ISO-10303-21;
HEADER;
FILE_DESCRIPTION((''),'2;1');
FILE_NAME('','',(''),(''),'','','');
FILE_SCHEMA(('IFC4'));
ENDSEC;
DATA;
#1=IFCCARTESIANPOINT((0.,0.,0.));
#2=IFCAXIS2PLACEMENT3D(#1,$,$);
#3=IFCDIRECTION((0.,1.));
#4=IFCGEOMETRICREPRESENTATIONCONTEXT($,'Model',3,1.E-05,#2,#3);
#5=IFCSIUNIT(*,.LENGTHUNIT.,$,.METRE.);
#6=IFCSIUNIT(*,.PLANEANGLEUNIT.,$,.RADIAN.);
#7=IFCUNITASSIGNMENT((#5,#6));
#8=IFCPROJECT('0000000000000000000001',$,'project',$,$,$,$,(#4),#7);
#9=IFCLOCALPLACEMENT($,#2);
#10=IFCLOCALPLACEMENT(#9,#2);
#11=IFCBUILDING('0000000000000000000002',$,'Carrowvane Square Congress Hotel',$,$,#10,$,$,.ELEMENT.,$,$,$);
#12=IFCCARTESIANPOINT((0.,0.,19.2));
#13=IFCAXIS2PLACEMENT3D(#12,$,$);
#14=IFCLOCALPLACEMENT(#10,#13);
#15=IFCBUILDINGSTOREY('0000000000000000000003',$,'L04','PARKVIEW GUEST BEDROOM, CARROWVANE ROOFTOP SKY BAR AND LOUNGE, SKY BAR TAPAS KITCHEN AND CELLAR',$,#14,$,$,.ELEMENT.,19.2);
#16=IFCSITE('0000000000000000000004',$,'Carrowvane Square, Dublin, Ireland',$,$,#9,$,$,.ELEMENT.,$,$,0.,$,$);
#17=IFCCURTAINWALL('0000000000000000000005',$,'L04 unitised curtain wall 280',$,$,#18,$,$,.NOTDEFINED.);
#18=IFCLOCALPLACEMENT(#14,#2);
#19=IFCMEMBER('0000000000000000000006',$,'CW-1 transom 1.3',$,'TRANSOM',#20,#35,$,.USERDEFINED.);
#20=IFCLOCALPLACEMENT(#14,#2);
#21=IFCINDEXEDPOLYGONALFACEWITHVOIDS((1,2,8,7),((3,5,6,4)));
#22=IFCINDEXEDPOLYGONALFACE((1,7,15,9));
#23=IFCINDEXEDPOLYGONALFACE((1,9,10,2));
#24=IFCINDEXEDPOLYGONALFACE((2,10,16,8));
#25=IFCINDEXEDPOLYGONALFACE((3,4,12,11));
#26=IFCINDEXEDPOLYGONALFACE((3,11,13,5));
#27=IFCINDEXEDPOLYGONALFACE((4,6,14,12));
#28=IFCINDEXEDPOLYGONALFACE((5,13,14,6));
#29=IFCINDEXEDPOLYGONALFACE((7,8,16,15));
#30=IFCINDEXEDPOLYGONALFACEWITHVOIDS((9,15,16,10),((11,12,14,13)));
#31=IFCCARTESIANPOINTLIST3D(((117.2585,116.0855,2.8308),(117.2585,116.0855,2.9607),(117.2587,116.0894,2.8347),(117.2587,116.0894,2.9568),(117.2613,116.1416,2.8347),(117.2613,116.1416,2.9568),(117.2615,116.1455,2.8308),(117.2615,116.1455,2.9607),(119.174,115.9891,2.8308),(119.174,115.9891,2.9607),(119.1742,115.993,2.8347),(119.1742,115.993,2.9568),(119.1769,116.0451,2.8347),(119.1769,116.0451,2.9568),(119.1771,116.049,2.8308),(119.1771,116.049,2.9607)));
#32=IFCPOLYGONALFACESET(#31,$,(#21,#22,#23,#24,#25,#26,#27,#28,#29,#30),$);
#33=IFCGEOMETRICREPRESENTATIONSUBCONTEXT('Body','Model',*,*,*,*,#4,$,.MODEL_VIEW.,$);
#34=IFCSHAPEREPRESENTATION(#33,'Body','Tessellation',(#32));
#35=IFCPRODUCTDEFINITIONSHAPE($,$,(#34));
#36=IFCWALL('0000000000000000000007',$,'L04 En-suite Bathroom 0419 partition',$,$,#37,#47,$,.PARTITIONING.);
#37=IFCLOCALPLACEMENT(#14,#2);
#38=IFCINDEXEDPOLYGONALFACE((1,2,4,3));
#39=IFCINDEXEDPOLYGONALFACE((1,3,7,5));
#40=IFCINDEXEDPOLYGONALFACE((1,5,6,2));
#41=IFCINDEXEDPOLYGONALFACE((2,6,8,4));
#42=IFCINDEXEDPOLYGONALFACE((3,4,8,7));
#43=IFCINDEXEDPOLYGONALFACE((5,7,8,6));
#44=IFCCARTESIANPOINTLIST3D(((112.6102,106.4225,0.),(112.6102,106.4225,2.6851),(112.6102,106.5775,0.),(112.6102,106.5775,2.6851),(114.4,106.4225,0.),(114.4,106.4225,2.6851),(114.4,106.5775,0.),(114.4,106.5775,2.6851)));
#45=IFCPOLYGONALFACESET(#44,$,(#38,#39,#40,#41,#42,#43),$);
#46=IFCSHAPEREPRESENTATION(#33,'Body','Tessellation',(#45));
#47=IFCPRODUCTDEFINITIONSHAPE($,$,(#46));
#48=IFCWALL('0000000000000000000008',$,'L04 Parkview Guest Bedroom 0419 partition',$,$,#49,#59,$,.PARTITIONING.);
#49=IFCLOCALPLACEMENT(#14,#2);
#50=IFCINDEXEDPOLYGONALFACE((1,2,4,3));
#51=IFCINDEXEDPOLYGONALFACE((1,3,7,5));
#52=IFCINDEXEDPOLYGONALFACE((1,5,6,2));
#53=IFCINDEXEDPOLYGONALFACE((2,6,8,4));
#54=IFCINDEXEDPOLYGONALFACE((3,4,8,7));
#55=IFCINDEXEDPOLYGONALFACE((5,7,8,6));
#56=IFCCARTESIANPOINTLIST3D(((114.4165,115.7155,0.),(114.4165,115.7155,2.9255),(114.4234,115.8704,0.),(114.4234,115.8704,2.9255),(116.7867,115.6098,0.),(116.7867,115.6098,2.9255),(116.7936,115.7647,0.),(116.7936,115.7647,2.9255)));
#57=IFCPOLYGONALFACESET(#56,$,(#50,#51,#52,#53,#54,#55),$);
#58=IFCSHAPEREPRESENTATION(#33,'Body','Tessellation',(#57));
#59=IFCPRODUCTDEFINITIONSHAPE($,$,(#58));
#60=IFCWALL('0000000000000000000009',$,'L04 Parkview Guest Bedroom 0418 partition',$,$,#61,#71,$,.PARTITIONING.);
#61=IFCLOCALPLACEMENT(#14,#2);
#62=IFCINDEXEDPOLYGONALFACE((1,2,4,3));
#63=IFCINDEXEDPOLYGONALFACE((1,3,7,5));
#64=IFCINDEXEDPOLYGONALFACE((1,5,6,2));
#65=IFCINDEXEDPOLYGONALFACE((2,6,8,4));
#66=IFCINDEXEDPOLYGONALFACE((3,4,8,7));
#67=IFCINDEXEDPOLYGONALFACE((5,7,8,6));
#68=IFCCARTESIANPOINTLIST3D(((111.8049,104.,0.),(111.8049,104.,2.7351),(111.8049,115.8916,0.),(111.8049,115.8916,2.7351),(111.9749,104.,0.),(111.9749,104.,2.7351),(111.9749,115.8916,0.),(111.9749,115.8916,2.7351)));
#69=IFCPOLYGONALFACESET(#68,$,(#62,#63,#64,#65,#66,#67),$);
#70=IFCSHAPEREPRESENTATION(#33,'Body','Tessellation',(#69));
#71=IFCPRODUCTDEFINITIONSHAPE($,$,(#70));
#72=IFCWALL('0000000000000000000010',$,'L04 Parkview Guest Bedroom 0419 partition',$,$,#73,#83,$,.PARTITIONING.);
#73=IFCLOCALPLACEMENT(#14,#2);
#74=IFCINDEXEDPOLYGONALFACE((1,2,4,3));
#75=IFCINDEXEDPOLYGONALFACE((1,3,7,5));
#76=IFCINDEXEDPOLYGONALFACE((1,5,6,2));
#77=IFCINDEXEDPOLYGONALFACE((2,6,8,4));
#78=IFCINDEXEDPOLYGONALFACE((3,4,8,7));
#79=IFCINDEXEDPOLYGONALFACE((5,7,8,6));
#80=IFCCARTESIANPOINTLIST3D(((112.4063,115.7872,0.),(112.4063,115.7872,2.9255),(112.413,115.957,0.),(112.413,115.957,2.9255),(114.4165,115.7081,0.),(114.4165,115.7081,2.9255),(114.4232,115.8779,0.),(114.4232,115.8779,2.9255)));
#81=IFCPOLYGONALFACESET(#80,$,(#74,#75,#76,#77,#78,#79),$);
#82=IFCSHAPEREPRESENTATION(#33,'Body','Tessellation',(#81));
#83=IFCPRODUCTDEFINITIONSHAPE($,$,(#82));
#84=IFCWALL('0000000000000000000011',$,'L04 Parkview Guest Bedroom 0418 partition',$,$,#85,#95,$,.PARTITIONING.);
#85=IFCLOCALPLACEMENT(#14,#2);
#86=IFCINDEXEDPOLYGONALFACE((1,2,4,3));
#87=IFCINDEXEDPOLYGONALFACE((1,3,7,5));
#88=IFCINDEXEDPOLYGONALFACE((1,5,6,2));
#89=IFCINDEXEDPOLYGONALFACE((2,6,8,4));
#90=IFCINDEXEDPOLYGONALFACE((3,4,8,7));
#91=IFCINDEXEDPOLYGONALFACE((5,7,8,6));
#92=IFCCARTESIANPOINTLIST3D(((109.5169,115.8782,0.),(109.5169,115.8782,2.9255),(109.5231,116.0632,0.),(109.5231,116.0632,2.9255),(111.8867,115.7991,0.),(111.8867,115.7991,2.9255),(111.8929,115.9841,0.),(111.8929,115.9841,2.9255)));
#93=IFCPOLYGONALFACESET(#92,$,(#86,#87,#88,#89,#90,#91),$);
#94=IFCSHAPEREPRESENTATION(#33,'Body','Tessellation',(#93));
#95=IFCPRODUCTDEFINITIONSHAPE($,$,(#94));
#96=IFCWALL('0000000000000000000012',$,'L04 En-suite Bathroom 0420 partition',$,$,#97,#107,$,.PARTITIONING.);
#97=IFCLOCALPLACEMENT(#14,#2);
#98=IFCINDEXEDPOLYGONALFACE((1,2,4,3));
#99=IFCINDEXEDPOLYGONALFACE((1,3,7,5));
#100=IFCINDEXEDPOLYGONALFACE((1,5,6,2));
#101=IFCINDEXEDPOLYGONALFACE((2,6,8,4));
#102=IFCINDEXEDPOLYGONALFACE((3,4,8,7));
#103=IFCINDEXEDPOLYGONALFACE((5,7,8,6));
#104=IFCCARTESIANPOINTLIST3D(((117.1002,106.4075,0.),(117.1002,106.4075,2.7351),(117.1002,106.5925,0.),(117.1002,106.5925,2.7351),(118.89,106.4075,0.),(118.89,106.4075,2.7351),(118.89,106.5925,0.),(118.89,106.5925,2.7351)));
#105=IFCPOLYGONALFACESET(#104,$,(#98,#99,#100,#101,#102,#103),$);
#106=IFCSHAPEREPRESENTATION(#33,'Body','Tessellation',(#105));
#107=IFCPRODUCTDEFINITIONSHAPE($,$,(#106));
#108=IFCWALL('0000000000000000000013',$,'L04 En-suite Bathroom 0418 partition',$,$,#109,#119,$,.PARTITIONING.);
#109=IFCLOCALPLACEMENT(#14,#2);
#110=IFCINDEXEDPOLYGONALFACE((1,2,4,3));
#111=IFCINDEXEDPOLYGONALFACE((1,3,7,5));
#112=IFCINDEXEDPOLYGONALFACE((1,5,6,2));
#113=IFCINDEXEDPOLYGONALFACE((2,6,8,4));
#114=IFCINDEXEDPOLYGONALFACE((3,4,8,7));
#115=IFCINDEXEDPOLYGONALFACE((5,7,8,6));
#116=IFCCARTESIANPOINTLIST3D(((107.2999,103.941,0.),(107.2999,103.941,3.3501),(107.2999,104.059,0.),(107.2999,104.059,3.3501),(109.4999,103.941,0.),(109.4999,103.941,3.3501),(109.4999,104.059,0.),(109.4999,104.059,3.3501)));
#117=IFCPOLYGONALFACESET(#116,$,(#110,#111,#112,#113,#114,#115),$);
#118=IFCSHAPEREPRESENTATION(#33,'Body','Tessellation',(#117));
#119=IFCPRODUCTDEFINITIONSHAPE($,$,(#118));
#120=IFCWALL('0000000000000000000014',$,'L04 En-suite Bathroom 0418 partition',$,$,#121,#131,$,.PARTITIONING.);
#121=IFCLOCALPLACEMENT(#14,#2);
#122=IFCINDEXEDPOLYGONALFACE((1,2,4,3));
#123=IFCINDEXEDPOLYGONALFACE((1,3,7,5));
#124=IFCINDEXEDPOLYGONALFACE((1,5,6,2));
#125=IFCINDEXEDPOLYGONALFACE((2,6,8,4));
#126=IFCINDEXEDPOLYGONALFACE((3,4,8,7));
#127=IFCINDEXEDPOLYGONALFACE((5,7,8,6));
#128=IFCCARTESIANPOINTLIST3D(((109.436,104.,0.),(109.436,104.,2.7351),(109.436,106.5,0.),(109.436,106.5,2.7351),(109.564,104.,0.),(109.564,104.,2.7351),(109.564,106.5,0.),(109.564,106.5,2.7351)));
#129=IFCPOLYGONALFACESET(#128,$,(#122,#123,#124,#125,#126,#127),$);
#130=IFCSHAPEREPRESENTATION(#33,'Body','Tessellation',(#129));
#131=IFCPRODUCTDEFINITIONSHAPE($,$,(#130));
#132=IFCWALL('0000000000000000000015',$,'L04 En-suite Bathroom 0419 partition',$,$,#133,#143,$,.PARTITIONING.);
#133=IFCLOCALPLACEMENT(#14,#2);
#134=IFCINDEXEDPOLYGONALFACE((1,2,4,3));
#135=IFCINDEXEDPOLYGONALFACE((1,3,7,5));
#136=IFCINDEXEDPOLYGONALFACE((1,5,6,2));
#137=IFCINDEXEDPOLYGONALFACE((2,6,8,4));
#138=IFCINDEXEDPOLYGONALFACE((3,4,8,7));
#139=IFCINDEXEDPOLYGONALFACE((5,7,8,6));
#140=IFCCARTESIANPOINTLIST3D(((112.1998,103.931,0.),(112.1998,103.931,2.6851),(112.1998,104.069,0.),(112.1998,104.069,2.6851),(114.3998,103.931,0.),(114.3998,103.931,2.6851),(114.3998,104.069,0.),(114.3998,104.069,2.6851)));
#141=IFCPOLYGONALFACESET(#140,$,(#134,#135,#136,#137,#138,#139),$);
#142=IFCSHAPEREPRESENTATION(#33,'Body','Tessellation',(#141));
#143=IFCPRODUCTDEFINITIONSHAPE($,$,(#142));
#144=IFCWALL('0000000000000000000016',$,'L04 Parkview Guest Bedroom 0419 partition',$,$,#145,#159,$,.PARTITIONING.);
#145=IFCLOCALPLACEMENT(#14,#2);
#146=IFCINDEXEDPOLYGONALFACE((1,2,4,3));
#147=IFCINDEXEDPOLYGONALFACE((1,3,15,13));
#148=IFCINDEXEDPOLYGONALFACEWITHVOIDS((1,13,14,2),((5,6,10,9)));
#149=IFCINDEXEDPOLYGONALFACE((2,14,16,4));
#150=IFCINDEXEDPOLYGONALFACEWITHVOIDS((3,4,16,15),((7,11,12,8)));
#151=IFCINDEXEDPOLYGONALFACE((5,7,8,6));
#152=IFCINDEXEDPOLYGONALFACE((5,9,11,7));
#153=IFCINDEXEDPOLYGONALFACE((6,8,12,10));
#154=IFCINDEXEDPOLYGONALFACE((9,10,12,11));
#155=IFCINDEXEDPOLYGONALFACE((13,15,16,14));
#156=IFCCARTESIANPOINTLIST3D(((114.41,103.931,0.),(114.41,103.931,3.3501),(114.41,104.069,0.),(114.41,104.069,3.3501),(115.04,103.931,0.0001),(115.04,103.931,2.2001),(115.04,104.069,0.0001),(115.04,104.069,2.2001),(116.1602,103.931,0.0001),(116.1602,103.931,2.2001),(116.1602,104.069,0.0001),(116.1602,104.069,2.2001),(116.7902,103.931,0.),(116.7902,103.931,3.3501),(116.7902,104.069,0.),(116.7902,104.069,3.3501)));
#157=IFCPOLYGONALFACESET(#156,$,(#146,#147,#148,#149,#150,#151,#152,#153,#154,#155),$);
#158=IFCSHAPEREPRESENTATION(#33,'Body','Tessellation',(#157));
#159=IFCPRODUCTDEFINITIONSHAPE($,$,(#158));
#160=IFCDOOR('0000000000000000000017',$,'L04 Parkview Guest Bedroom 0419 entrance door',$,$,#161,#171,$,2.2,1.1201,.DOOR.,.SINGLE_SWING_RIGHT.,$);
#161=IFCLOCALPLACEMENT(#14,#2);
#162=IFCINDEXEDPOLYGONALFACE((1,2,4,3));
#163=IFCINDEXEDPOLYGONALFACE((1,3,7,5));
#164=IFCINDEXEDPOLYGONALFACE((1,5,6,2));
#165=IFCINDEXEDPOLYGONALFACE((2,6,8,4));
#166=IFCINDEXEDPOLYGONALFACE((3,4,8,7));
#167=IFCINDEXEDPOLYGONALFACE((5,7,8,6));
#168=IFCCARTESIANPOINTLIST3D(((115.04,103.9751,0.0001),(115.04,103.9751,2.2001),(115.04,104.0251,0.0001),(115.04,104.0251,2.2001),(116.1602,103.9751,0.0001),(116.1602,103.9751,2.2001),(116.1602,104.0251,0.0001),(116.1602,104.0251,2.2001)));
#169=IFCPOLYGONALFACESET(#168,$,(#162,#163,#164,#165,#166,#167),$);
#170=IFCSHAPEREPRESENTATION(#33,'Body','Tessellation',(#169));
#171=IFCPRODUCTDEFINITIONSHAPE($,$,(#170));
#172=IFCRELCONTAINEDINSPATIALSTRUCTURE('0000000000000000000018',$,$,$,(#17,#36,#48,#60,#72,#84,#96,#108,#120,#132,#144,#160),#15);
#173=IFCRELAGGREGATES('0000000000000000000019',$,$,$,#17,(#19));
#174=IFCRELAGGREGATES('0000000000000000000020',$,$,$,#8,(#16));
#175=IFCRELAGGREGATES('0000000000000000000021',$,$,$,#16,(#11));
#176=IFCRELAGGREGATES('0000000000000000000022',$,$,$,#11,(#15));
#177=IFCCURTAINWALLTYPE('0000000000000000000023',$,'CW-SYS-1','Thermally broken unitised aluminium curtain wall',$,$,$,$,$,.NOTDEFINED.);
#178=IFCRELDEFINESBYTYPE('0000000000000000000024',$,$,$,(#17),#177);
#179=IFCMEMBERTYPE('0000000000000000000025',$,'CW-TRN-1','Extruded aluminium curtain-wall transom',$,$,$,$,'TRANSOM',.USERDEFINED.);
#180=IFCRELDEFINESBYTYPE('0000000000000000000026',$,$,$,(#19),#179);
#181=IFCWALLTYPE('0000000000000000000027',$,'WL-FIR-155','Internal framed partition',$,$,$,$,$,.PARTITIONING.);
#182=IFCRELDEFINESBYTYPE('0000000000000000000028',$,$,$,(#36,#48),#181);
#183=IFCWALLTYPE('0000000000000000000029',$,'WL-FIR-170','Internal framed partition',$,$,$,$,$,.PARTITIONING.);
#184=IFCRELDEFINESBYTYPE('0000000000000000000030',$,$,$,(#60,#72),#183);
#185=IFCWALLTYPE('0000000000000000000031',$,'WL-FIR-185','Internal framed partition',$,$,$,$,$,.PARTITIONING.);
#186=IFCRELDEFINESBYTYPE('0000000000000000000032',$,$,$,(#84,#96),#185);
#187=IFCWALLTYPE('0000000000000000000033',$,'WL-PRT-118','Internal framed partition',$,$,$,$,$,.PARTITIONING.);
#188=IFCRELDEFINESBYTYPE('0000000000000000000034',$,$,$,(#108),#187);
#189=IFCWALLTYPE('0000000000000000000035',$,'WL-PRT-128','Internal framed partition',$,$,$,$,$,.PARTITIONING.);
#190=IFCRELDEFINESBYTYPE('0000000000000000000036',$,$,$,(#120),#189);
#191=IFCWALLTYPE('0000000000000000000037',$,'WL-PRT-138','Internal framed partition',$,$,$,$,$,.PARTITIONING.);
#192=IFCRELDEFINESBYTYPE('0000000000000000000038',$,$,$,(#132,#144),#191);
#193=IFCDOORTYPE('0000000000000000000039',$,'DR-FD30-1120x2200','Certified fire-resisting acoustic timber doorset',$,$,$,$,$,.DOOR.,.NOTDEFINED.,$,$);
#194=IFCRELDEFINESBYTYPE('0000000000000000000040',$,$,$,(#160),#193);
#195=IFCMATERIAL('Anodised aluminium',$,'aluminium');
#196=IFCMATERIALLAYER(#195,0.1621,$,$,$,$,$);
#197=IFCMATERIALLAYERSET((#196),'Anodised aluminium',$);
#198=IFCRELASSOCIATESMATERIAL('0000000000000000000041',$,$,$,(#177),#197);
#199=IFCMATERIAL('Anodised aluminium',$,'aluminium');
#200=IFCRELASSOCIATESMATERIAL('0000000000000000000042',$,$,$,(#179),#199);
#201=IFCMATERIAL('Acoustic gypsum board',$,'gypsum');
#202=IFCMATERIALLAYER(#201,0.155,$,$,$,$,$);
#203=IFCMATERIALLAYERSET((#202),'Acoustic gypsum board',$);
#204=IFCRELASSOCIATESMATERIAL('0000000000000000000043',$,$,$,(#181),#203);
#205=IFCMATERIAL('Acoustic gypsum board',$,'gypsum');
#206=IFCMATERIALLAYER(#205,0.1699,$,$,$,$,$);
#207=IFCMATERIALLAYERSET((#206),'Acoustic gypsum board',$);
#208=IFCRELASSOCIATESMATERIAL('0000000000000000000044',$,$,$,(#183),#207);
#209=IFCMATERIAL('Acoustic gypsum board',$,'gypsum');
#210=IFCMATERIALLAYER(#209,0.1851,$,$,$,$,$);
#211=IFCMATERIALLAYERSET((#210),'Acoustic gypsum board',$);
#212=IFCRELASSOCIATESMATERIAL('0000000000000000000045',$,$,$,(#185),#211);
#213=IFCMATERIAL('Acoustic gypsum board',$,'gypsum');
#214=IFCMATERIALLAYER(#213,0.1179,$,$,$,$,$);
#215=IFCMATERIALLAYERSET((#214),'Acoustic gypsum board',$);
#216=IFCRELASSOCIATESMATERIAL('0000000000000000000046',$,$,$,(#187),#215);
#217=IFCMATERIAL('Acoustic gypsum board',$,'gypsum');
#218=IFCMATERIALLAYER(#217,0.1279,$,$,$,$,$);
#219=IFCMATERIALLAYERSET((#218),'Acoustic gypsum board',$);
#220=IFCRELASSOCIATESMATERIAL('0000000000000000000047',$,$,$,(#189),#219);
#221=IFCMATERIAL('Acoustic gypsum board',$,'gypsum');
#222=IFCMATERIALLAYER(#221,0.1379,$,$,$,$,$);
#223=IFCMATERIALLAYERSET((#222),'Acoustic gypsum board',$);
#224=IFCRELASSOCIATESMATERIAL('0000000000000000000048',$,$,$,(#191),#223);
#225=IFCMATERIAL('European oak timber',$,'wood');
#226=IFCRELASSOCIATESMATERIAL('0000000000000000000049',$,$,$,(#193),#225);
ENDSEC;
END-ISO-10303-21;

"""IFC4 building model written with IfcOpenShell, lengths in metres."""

from ifc_helpers import new_model, si_unit, direction, frame, frame_2d, origin, origin_2d, place, context, subcontext, project, spatial, rectangle, hollow_rectangle, extrude, material, layer, layer_set, material_profile, profile_set, type_object, element, fill, aggregate, save


model = new_model("IFC4")

# Units and contexts
model_context = context("Model", 3, precision=1e-05, world=origin(), true_north=direction((0.0, 1.0)))
body_context = subcontext(model_context, "Body", "Model", "MODEL_VIEW")
ifc_project = project(units=[si_unit("LENGTHUNIT", "METRE"), si_unit("PLANEANGLEUNIT", "RADIAN")], contexts=[model_context])

# Site, building, storey
site_placement = place(None, origin())
site = spatial("IfcSite", under=ifc_project, at=site_placement, Name="Carrowvane Square, Dublin, Ireland", CompositionType="ELEMENT", RefElevation=0.0)
building_placement = place(site_placement, origin())
building = spatial("IfcBuilding", under=site, at=building_placement, Name="Carrowvane Square Congress Hotel", CompositionType="ELEMENT")
storey_placement = place(building_placement, frame((0.0, 0.0, 19.2)))
storey = spatial("IfcBuildingStorey", under=building, at=storey_placement, Name="L04", Description="PARKVIEW GUEST BEDROOM, CARROWVANE ROOFTOP SKY BAR AND LOUNGE, SKY BAR TAPAS KITCHEN AND CELLAR", CompositionType="ELEMENT", Elevation=19.2)

# Curtain wall, member
ifc_material_1 = material(Name="Anodised aluminium", Category="aluminium")
ifc_layer_1 = layer(ifc_material_1, 0.1621)
ifc_layer_set_1 = layer_set([ifc_layer_1], Name="Anodised aluminium")
curtain_wall_type = type_object("IfcCurtainWallType", Name="CW-SYS-1", Description="Thermally broken unitised aluminium curtain wall", PredefinedType="NOTDEFINED", material=ifc_layer_set_1)
curtain_wall_placement = place(storey_placement, origin())
curtain_wall = element("IfcCurtainWall", 1, at=curtain_wall_placement, inside=storey, type_object=curtain_wall_type, Name="L04 unitised curtain wall 280", PredefinedType="NOTDEFINED")
ifc_material_2 = material(Name="Anodised aluminium", Category="aluminium")
ifc_material_profile_1 = material_profile(ifc_material_2, hollow_rectangle(XDim=0.0601, YDim=0.1299, WallThickness=0.0039, at=origin_2d()), Name="CW-TR 60x130x4")
ifc_profile_set_1 = profile_set([ifc_material_profile_1], Name="Anodised aluminium")
member_type = type_object("IfcMemberType", Name="CW-TRN-1", Description="Extruded aluminium curtain-wall transom", ElementType="TRANSOM", PredefinedType="USERDEFINED", material=ifc_profile_set_1)
member_1_placement = place(storey_placement, frame((117.26, 116.1155, 2.8958), z_axis=(0.998735, -0.05028, 0.0), x_axis=(0.05028, 0.998735, 0.0)))
member_1 = element("IfcMember", 2, at=member_1_placement, type_object=member_type, Name="CW-1 transom 1.3", ObjectType="TRANSOM", PredefinedType="USERDEFINED", context=body_context, shape_type="SweptSolid", body=[
    extrude(hollow_rectangle(XDim=0.0601, YDim=0.1299, WallThickness=0.0039, at=origin_2d()), origin(), (0.0, 0.0, 1.0), 1.918),
])
aggregate(curtain_wall, [member_1])

# Shared definitions
ifc_material_3 = material(Name="Acoustic gypsum board", Category="gypsum")
ifc_layer_2 = layer(ifc_material_3, 0.155)
ifc_layer_set_2 = layer_set([ifc_layer_2], Name="Acoustic gypsum board")
wall_type_1 = type_object("IfcWallType", Name="WL-FIR-155", Description="Internal framed partition", PredefinedType="PARTITIONING", material=ifc_layer_set_2)

# Walls
wall_1_placement = place(storey_placement, frame((112.6101, 106.5, 0.0), z_axis=(0.0, 0.0, 1.0), x_axis=(1.0, 0.0, 0.0)))
element("IfcWall", 3, at=wall_1_placement, inside=storey, type_object=wall_type_1, Name="L04 En-suite Bathroom 0419 partition", PredefinedType="PARTITIONING", context=body_context, shape_type="SweptSolid", body=[
    extrude(rectangle(XDim=1.7898, YDim=0.155, at=frame_2d((0.895, 0.0))), origin(), (0.0, 0.0, 1.0), 2.6851),
])
wall_2_placement = place(storey_placement, frame((114.4199, 115.793, 0.0), z_axis=(0.0, 0.0, 1.0), x_axis=(0.999007, -0.044558, 0.0)))
element("IfcWall", 4, at=wall_2_placement, inside=storey, type_object=wall_type_1, Name="L04 Parkview Guest Bedroom 0419 partition", PredefinedType="PARTITIONING", context=body_context, shape_type="SweptSolid", body=[
    extrude(rectangle(XDim=2.3726, YDim=0.155, at=frame_2d((1.1863, 0.0))), origin(), (0.0, 0.0, 1.0), 2.9255),
])
ifc_material_4 = material(Name="Acoustic gypsum board", Category="gypsum")
ifc_layer_3 = layer(ifc_material_4, 0.1699)
ifc_layer_set_3 = layer_set([ifc_layer_3], Name="Acoustic gypsum board")
wall_type_2 = type_object("IfcWallType", Name="WL-FIR-170", Description="Internal framed partition", PredefinedType="PARTITIONING", material=ifc_layer_set_3)
wall_3_placement = place(storey_placement, frame((111.8899, 115.8916, 0.0), z_axis=(0.0, 0.0, 1.0), x_axis=(0.0, -1.0, 0.0)))
element("IfcWall", 5, at=wall_3_placement, inside=storey, type_object=wall_type_2, Name="L04 Parkview Guest Bedroom 0418 partition", PredefinedType="PARTITIONING", context=body_context, shape_type="SweptSolid", body=[
    extrude(rectangle(XDim=11.8916, YDim=0.1699, at=frame_2d((5.9458, 0.0))), origin(), (0.0, 0.0, 1.0), 2.7351),
])
wall_4_placement = place(storey_placement, frame((112.4097, 115.8721, 0.0), z_axis=(0.0, 0.0, 1.0), x_axis=(0.999227, -0.039319, 0.0)))
element("IfcWall", 6, at=wall_4_placement, inside=storey, type_object=wall_type_2, Name="L04 Parkview Guest Bedroom 0419 partition", PredefinedType="PARTITIONING", context=body_context, shape_type="SweptSolid", body=[
    extrude(rectangle(XDim=2.0117, YDim=0.1699, at=frame_2d((1.0059, 0.0))), origin(), (0.0, 0.0, 1.0), 2.9255),
])
ifc_material_5 = material(Name="Acoustic gypsum board", Category="gypsum")
ifc_layer_4 = layer(ifc_material_5, 0.1851)
ifc_layer_set_4 = layer_set([ifc_layer_4], Name="Acoustic gypsum board")
wall_type_3 = type_object("IfcWallType", Name="WL-FIR-185", Description="Internal framed partition", PredefinedType="PARTITIONING", material=ifc_layer_set_4)
wall_5_placement = place(storey_placement, frame((109.52, 115.9707, 0.0), z_axis=(0.0, 0.0, 1.0), x_axis=(0.999443, -0.033359, 0.0)))
element("IfcWall", 7, at=wall_5_placement, inside=storey, type_object=wall_type_3, Name="L04 Parkview Guest Bedroom 0418 partition", PredefinedType="PARTITIONING", context=body_context, shape_type="SweptSolid", body=[
    extrude(rectangle(XDim=2.3711, YDim=0.1851, at=frame_2d((1.1855, 0.0))), origin(), (0.0, 0.0, 1.0), 2.9255),
])
wall_6_placement = place(storey_placement, frame((117.1001, 106.5, 0.0), z_axis=(0.0, 0.0, 1.0), x_axis=(1.0, 0.0, 0.0)))
element("IfcWall", 8, at=wall_6_placement, inside=storey, type_object=wall_type_3, Name="L04 En-suite Bathroom 0420 partition", PredefinedType="PARTITIONING", context=body_context, shape_type="SweptSolid", body=[
    extrude(rectangle(XDim=1.7898, YDim=0.1851, at=frame_2d((0.895, 0.0))), origin(), (0.0, 0.0, 1.0), 2.7351),
])
ifc_material_6 = material(Name="Acoustic gypsum board", Category="gypsum")
ifc_layer_5 = layer(ifc_material_6, 0.1179)
ifc_layer_set_5 = layer_set([ifc_layer_5], Name="Acoustic gypsum board")
wall_type_4 = type_object("IfcWallType", Name="WL-PRT-118", Description="Internal framed partition", PredefinedType="PARTITIONING", material=ifc_layer_set_5)
wall_7_placement = place(storey_placement, frame((109.5, 104.0, 0.0), z_axis=(0.0, 0.0, 1.0), x_axis=(-1.0, 0.0, 0.0)))
element("IfcWall", 9, at=wall_7_placement, inside=storey, type_object=wall_type_4, Name="L04 En-suite Bathroom 0418 partition", PredefinedType="PARTITIONING", context=body_context, shape_type="SweptSolid", body=[
    extrude(rectangle(XDim=2.2, YDim=0.1179, at=frame_2d((1.1001, 0.0))), origin(), (0.0, 0.0, 1.0), 3.3501),
])
ifc_material_7 = material(Name="Acoustic gypsum board", Category="gypsum")
ifc_layer_6 = layer(ifc_material_7, 0.1279)
ifc_layer_set_6 = layer_set([ifc_layer_6], Name="Acoustic gypsum board")
wall_type_5 = type_object("IfcWallType", Name="WL-PRT-128", Description="Internal framed partition", PredefinedType="PARTITIONING", material=ifc_layer_set_6)
wall_8_placement = place(storey_placement, frame((109.5, 106.5, 0.0), z_axis=(0.0, 0.0, 1.0), x_axis=(0.0, -1.0, 0.0)))
element("IfcWall", 10, at=wall_8_placement, inside=storey, type_object=wall_type_5, Name="L04 En-suite Bathroom 0418 partition", PredefinedType="PARTITIONING", context=body_context, shape_type="SweptSolid", body=[
    extrude(rectangle(XDim=2.5, YDim=0.1279, at=frame_2d((1.25, 0.0))), origin(), (0.0, 0.0, 1.0), 2.7351),
])
ifc_material_8 = material(Name="Acoustic gypsum board", Category="gypsum")
ifc_layer_7 = layer(ifc_material_8, 0.1379)
ifc_layer_set_7 = layer_set([ifc_layer_7], Name="Acoustic gypsum board")
wall_type_6 = type_object("IfcWallType", Name="WL-PRT-138", Description="Internal framed partition", PredefinedType="PARTITIONING", material=ifc_layer_set_7)
wall_9_placement = place(storey_placement, frame((114.3999, 104.0, 0.0), z_axis=(0.0, 0.0, 1.0), x_axis=(-1.0, 0.0, 0.0)))
element("IfcWall", 11, at=wall_9_placement, inside=storey, type_object=wall_type_6, Name="L04 En-suite Bathroom 0419 partition", PredefinedType="PARTITIONING", context=body_context, shape_type="SweptSolid", body=[
    extrude(rectangle(XDim=2.2, YDim=0.1379, at=frame_2d((1.1001, 0.0))), origin(), (0.0, 0.0, 1.0), 2.6851),
])

# Wall, opening, door
wall_10_placement = place(storey_placement, frame((116.79, 104.0, 0.0), z_axis=(0.0, 0.0, 1.0), x_axis=(-1.0, 0.0, 0.0)))
wall_10 = element("IfcWall", 12, at=wall_10_placement, inside=storey, type_object=wall_type_6, Name="L04 Parkview Guest Bedroom 0419 partition", PredefinedType="PARTITIONING", context=body_context, shape_type="SweptSolid", body=[
    extrude(rectangle(XDim=2.3801, YDim=0.1379, at=frame_2d((1.1899, 0.0))), origin(), (0.0, 0.0, 1.0), 3.3501),
])
opening_1_placement = place(wall_10_placement, frame((0.6299, 0.0, 0.0)))
opening_1 = element("IfcOpeningElement", 13, at=opening_1_placement, cuts=wall_10, PredefinedType="OPENING", context=body_context, shape_type="SweptSolid", body=[
    extrude(rectangle(XDim=1.1201, YDim=2.2, at=frame_2d((0.5601, 1.1001))), frame((0.0, 0.0789, 0.0), z_axis=(0.0, -1.0, 0.0), x_axis=(1.0, 0.0, 0.0)), (0.0, 0.0, 1.0), 0.158),
])
ifc_material_9 = material(Name="European oak timber", Category="wood")
door_type_1 = type_object("IfcDoorType", Name="DR-FD30-1120x2200", Description="Certified fire-resisting acoustic timber doorset", OperationType="NOTDEFINED", PredefinedType="DOOR", material=ifc_material_9)
door_1_placement = place(opening_1_placement, origin())
door_1 = element("IfcDoor", 14, at=door_1_placement, inside=storey, type_object=door_type_1, Name="L04 Parkview Guest Bedroom 0419 entrance door", OperationType="SINGLE_SWING_RIGHT", OverallHeight=2.2, OverallWidth=1.1201, PredefinedType="DOOR", context=body_context, shape_type="SweptSolid", body=[
    extrude(rectangle(XDim=1.1201, YDim=2.2, at=frame_2d((0.5601, 1.1001))), frame((0.0, 0.0249, 0.0), z_axis=(0.0, -1.0, 0.0), x_axis=(1.0, 0.0, 0.0)), (0.0, 0.0, 1.0), 0.05),
])
fill(opening_1, door_1)

save(model, "model.ifc")
